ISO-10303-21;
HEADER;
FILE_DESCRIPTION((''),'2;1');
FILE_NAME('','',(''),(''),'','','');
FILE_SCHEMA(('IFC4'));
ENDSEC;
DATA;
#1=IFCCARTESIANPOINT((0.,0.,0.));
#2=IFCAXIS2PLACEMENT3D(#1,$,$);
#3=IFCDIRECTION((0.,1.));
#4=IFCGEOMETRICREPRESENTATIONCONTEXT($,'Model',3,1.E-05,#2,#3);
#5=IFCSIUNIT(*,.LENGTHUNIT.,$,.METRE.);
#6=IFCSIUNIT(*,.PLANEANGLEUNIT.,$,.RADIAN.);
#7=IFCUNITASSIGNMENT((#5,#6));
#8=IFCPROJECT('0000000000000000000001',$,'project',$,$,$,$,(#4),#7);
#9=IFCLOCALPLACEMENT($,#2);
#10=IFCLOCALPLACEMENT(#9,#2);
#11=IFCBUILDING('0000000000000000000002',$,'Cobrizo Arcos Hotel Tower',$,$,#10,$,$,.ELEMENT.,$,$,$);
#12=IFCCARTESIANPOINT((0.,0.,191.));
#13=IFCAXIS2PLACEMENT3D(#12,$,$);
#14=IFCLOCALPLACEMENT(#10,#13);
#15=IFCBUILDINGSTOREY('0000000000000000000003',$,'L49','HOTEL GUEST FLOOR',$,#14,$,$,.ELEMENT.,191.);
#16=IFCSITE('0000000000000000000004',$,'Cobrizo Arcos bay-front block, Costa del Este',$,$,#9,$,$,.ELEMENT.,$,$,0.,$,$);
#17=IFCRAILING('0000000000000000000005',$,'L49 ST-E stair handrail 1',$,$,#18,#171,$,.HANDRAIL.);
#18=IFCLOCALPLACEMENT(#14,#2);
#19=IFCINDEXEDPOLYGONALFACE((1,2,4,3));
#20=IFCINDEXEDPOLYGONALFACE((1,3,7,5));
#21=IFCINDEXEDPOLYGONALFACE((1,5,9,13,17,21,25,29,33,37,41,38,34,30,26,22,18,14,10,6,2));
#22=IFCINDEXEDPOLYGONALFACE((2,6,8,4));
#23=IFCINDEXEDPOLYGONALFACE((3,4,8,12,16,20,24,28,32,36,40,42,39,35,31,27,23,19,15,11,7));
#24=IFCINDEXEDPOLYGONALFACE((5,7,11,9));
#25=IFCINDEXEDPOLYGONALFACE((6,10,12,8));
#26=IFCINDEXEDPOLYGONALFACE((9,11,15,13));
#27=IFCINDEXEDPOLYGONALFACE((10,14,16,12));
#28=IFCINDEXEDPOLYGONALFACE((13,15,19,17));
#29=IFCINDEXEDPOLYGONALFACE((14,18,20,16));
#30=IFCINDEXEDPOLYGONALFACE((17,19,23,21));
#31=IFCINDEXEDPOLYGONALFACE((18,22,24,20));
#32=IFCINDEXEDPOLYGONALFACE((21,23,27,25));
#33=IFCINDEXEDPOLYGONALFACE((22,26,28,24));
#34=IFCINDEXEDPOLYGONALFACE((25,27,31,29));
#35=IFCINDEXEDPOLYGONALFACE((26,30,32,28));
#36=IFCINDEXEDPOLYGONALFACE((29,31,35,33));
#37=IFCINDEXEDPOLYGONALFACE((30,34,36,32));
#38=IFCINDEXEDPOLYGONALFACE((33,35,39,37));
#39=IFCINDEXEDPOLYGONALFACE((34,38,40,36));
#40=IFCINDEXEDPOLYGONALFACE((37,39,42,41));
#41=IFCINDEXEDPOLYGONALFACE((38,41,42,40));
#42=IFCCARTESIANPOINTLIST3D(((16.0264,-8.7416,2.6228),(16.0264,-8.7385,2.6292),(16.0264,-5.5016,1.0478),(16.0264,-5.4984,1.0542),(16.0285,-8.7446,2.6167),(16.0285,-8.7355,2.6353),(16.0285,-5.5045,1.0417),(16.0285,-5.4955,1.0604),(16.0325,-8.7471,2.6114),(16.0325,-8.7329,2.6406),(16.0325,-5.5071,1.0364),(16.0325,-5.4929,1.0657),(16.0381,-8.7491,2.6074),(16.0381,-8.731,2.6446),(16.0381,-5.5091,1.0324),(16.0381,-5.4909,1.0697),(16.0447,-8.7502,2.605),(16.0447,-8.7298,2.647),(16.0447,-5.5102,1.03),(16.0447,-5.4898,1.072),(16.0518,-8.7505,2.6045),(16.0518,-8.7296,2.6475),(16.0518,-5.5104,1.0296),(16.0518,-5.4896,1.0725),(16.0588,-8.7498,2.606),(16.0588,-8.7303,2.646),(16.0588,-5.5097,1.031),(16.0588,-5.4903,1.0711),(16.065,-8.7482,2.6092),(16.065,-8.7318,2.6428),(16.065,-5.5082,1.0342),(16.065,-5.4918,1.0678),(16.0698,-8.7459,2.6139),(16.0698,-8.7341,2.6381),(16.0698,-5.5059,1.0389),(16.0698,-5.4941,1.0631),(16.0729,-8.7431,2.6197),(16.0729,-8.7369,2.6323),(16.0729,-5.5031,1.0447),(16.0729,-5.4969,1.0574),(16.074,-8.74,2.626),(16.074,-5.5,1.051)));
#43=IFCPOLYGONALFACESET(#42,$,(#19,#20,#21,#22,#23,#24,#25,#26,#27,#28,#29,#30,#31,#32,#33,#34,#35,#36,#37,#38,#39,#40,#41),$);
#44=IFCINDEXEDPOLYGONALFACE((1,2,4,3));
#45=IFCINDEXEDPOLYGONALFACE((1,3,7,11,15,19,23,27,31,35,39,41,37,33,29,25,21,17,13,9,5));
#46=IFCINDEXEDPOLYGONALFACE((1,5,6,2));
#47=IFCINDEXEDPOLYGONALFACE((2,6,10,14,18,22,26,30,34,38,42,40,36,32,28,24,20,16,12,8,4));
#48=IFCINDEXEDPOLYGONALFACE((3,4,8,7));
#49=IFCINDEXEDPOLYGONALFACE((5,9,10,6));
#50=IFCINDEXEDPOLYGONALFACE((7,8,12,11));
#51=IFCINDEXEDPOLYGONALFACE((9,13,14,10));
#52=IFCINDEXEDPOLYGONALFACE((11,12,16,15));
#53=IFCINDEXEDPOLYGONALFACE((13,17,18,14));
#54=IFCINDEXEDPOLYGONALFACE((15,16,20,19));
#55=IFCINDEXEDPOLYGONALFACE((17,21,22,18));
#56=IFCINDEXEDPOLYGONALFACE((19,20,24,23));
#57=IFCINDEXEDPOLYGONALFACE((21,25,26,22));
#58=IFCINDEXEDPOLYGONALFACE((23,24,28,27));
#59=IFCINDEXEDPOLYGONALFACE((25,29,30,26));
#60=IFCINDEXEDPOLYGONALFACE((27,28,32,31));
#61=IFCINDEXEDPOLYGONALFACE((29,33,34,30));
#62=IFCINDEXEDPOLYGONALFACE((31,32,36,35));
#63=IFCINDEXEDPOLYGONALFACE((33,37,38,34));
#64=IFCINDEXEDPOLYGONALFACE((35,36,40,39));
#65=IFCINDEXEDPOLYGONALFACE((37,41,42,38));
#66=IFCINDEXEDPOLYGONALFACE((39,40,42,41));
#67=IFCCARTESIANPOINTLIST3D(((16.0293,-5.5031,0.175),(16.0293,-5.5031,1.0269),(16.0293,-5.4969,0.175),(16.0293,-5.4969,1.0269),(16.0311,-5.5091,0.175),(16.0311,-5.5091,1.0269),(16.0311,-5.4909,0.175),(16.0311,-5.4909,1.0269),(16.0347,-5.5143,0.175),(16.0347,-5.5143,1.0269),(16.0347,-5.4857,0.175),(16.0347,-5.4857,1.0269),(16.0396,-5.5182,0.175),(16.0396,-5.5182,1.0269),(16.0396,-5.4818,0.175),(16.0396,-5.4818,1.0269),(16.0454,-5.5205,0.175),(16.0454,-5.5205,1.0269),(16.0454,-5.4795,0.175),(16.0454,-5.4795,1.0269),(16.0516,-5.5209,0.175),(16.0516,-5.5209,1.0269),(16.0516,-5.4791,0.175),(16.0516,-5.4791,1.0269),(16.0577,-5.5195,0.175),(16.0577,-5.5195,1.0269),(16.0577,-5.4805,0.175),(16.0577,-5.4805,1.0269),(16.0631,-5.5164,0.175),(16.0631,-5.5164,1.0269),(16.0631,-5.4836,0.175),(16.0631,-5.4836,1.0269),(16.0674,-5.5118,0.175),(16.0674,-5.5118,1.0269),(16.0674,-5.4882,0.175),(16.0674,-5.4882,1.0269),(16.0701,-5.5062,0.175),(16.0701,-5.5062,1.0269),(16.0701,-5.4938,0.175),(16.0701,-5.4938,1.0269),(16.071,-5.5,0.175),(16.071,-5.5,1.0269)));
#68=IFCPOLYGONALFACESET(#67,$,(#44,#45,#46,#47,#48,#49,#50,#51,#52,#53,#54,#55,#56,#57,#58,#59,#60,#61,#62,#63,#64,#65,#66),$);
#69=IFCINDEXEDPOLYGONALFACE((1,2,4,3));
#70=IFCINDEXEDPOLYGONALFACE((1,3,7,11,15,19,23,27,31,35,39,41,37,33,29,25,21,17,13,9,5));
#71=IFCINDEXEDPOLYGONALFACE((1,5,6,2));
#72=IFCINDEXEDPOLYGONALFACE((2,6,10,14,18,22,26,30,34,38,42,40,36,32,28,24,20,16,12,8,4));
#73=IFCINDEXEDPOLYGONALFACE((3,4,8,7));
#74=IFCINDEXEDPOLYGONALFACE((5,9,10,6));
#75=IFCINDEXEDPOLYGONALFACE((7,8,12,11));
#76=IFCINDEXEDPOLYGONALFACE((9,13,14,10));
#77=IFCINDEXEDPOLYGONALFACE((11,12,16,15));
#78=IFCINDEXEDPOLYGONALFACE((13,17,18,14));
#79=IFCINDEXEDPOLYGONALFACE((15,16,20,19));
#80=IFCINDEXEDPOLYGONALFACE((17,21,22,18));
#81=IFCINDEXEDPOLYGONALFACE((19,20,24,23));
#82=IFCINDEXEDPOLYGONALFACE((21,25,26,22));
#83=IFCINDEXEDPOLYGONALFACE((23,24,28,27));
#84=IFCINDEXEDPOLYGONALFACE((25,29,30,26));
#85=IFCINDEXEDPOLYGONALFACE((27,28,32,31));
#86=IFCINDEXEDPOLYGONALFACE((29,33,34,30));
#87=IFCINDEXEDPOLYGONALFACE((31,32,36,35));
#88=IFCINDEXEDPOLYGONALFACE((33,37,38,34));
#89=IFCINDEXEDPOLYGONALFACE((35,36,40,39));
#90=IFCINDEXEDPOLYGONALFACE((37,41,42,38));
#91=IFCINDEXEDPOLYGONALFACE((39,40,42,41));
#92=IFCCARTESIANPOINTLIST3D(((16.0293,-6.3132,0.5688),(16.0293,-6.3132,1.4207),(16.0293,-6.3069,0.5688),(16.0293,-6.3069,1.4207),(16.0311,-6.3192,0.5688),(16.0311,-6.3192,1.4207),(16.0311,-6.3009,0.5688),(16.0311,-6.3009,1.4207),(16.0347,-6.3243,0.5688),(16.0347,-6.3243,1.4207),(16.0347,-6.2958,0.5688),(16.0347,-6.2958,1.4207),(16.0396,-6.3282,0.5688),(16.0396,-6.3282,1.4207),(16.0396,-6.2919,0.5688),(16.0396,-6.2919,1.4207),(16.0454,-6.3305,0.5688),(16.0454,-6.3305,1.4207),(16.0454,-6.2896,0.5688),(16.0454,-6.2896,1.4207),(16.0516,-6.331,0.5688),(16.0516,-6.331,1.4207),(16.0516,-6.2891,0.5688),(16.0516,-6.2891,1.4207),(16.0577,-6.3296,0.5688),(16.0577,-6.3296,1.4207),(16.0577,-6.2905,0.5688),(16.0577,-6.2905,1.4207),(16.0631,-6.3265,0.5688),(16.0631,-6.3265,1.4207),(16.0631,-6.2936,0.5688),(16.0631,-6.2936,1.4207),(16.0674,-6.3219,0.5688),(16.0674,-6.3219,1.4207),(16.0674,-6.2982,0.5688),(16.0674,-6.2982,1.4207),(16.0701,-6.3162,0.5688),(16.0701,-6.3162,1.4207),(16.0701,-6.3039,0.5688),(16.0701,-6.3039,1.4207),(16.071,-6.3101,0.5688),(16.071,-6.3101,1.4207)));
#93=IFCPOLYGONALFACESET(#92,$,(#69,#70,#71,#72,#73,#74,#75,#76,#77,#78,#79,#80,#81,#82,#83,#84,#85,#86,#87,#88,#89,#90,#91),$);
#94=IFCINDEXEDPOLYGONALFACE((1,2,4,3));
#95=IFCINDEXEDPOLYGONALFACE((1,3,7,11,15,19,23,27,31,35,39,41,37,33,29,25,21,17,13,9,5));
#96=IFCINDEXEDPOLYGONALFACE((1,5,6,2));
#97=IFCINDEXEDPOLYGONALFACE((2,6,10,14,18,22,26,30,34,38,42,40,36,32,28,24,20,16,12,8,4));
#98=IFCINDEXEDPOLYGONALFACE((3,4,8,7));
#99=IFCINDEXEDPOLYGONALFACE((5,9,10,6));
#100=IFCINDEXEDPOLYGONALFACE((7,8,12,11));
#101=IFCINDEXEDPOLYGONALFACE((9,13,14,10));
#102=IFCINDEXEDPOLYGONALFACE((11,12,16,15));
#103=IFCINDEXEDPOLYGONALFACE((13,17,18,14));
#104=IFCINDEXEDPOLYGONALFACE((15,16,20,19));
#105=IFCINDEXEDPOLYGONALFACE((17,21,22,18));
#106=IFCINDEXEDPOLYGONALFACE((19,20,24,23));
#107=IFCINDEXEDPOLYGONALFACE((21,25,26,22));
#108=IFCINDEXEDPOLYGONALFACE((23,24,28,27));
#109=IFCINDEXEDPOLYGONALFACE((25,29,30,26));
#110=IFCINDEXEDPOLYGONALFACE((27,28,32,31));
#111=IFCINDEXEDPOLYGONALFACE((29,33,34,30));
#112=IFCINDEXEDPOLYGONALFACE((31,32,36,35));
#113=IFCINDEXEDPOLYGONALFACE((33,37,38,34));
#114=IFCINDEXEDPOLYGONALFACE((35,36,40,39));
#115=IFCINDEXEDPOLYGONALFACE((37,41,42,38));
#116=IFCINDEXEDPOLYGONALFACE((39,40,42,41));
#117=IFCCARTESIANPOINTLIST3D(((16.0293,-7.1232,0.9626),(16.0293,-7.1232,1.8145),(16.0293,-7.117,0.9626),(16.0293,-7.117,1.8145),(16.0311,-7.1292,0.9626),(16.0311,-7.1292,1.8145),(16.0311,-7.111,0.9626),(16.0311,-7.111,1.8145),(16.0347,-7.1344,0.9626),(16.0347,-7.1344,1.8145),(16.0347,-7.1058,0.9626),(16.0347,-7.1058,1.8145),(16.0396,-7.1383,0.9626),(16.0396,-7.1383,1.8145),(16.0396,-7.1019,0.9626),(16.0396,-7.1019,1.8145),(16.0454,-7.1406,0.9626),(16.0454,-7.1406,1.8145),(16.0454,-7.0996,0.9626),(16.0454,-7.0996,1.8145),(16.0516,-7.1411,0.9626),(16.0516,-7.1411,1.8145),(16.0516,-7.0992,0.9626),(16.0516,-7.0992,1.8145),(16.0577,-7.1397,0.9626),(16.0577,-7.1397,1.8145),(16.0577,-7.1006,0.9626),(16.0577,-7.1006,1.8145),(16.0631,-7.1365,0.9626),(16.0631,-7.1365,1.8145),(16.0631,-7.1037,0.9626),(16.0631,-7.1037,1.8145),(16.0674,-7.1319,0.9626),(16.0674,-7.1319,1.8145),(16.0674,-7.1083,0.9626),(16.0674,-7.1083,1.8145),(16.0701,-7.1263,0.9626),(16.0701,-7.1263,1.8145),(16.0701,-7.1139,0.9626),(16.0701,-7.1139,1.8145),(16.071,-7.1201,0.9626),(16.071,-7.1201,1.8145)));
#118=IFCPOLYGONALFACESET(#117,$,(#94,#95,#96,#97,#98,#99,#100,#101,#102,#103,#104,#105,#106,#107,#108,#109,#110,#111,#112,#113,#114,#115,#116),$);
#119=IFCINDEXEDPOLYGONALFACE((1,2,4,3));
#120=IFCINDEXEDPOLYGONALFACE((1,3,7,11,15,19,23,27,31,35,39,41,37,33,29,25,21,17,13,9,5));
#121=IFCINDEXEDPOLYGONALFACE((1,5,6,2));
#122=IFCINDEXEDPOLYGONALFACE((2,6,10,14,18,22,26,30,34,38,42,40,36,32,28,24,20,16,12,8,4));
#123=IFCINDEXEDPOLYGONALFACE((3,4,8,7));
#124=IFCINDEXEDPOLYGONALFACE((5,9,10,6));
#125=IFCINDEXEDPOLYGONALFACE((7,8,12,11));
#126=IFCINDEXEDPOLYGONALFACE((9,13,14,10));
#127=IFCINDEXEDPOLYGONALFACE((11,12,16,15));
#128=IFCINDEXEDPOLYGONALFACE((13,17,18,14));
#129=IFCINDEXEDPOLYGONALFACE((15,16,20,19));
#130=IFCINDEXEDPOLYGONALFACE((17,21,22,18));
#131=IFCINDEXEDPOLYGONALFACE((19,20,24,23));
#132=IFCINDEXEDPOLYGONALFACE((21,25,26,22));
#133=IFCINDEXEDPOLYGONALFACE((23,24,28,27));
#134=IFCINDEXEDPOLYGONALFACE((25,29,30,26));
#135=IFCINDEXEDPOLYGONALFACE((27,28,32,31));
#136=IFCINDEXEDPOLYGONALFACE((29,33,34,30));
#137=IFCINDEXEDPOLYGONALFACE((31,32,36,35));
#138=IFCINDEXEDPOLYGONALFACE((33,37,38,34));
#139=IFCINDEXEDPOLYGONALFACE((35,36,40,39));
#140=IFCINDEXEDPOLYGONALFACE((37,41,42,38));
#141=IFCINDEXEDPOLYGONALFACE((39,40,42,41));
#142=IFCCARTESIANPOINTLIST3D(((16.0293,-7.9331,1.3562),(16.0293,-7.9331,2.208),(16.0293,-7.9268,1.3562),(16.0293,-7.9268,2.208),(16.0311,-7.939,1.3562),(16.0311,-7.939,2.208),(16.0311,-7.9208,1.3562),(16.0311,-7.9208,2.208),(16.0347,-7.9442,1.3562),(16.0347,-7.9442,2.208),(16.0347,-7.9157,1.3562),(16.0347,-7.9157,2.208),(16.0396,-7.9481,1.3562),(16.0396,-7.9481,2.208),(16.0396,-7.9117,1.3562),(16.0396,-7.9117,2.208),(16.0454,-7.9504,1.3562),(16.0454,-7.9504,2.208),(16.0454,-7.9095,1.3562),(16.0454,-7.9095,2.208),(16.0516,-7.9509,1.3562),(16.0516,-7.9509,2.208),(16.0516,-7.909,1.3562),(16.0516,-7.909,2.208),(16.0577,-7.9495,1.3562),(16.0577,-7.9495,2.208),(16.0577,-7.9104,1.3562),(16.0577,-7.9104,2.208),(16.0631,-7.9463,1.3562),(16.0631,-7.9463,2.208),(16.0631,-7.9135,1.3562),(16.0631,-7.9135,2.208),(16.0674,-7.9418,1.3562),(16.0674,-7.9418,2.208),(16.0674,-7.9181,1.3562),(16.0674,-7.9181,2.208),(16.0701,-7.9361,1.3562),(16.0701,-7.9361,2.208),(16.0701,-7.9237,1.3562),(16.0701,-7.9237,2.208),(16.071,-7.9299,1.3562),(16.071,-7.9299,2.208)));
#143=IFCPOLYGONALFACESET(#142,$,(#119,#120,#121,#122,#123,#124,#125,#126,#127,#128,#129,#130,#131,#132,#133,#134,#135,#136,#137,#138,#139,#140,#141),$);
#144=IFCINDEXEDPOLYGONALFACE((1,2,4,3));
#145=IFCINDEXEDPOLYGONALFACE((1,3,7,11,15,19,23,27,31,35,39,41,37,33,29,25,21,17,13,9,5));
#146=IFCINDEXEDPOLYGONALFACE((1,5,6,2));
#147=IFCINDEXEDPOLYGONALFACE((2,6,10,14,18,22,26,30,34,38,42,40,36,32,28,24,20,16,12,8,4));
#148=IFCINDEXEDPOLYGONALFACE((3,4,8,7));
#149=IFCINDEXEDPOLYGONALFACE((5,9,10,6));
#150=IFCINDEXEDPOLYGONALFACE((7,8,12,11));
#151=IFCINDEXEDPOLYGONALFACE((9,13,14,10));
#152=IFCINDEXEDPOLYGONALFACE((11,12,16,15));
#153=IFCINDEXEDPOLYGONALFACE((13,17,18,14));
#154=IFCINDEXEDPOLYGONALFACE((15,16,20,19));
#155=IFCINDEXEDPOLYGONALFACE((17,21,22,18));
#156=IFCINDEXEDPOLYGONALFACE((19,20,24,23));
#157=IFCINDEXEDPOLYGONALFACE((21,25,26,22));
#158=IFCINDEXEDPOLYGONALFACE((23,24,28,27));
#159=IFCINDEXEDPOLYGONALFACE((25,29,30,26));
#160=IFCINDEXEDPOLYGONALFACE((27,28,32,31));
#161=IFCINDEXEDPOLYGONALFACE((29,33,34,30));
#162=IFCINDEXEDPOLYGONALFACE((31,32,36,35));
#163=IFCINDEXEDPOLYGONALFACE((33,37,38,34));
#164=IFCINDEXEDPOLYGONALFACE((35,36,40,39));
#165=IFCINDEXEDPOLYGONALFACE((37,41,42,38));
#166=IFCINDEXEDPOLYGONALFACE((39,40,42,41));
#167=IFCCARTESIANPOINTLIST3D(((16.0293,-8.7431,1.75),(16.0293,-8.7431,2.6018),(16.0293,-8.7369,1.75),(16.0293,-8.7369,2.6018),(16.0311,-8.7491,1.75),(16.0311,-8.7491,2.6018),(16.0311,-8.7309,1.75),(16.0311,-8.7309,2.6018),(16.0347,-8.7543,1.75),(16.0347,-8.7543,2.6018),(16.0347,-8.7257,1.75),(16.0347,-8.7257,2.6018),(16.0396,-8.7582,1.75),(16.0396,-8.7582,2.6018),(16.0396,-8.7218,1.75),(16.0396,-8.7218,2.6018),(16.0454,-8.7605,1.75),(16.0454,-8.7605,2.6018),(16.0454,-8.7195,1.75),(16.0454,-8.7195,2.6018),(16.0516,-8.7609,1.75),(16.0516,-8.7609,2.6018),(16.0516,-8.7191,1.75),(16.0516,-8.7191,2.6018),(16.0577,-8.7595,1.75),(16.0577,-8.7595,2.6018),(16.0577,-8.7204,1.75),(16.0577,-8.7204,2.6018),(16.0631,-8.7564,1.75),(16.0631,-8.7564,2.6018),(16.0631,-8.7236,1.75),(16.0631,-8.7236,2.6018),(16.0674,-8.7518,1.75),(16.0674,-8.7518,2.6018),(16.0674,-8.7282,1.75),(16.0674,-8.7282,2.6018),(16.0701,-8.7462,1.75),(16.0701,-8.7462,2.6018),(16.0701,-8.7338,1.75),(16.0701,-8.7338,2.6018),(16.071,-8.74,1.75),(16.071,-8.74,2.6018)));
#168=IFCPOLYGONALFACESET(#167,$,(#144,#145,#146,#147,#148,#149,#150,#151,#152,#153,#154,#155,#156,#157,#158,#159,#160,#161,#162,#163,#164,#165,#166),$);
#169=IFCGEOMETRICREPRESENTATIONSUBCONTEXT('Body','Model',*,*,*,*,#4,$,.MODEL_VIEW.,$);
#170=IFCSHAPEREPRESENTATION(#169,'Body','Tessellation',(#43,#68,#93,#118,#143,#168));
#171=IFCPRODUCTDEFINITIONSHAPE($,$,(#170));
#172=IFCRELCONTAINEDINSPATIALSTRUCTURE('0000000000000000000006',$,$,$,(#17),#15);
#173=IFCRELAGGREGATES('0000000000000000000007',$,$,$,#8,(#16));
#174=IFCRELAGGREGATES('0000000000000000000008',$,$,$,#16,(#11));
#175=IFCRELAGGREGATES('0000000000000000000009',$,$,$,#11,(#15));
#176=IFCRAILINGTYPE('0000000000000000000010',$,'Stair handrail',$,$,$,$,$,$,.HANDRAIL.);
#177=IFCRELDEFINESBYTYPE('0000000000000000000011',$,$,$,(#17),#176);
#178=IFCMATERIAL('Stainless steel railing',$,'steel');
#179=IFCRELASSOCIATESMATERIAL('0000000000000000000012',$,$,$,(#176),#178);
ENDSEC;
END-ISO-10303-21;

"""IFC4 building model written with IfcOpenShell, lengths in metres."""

from ifc_helpers import new_model, si_unit, direction, frame, origin, origin_2d, place, context, subcontext, project, spatial, circle, extrude, material, type_object, element, save


model = new_model("IFC4")

# Units and contexts
model_context = context("Model", 3, precision=1e-05, world=origin(), true_north=direction((0.0, 1.0)))
body_context = subcontext(model_context, "Body", "Model", "MODEL_VIEW")
ifc_project = project(units=[si_unit("LENGTHUNIT", "METRE"), si_unit("PLANEANGLEUNIT", "RADIAN")], contexts=[model_context])

# Site, building, storey
site_placement = place(None, origin())
site = spatial("IfcSite", under=ifc_project, at=site_placement, Name="Cobrizo Arcos bay-front block, Costa del Este", CompositionType="ELEMENT", RefElevation=0.0)
building_placement = place(site_placement, origin())
building = spatial("IfcBuilding", under=site, at=building_placement, Name="Cobrizo Arcos Hotel Tower", CompositionType="ELEMENT")
storey_placement = place(building_placement, frame((0.0, 0.0, 191.0)))
storey = spatial("IfcBuildingStorey", under=building, at=storey_placement, Name="L49", Description="HOTEL GUEST FLOOR", CompositionType="ELEMENT", Elevation=191.0)

# Railing
ifc_material_1 = material(Name="Stainless steel railing", Category="steel")
railing_type_1 = type_object("IfcRailingType", Name="Stair handrail", PredefinedType="HANDRAIL", material=ifc_material_1)
railing_1_placement = place(storey_placement, frame((16.05, -5.5, 0.175)))
element("IfcRailing", 1, at=railing_1_placement, inside=storey, type_object=railing_type_1, Name="L49 ST-E stair handrail 1", PredefinedType="HANDRAIL", context=body_context, shape_type="SweptSolid", body=[
    extrude(circle(Radius=0.0239, at=origin_2d()), frame((0.0, 0.0, 0.876), z_axis=(0.0, -0.899373, 0.437183), x_axis=(1.0, 0.0, 0.0)), (0.0, 0.0, 1.0), 3.6025),
    extrude(circle(Radius=0.021, at=origin_2d()), origin(), (0.0, 0.0, 1.0), 0.8518),
    extrude(circle(Radius=0.021, at=origin_2d()), frame((0.0, -0.8101, 0.3938)), (0.0, 0.0, 1.0), 0.8518),
    extrude(circle(Radius=0.021, at=origin_2d()), frame((0.0, -1.6201, 0.7876)), (0.0, 0.0, 1.0), 0.8518),
    extrude(circle(Radius=0.021, at=origin_2d()), frame((0.0, -2.4299, 1.1812)), (0.0, 0.0, 1.0), 0.8518),
    extrude(circle(Radius=0.021, at=origin_2d()), frame((0.0, -3.24, 1.575)), (0.0, 0.0, 1.0), 0.8518),
])

save(model, "model.ifc")
